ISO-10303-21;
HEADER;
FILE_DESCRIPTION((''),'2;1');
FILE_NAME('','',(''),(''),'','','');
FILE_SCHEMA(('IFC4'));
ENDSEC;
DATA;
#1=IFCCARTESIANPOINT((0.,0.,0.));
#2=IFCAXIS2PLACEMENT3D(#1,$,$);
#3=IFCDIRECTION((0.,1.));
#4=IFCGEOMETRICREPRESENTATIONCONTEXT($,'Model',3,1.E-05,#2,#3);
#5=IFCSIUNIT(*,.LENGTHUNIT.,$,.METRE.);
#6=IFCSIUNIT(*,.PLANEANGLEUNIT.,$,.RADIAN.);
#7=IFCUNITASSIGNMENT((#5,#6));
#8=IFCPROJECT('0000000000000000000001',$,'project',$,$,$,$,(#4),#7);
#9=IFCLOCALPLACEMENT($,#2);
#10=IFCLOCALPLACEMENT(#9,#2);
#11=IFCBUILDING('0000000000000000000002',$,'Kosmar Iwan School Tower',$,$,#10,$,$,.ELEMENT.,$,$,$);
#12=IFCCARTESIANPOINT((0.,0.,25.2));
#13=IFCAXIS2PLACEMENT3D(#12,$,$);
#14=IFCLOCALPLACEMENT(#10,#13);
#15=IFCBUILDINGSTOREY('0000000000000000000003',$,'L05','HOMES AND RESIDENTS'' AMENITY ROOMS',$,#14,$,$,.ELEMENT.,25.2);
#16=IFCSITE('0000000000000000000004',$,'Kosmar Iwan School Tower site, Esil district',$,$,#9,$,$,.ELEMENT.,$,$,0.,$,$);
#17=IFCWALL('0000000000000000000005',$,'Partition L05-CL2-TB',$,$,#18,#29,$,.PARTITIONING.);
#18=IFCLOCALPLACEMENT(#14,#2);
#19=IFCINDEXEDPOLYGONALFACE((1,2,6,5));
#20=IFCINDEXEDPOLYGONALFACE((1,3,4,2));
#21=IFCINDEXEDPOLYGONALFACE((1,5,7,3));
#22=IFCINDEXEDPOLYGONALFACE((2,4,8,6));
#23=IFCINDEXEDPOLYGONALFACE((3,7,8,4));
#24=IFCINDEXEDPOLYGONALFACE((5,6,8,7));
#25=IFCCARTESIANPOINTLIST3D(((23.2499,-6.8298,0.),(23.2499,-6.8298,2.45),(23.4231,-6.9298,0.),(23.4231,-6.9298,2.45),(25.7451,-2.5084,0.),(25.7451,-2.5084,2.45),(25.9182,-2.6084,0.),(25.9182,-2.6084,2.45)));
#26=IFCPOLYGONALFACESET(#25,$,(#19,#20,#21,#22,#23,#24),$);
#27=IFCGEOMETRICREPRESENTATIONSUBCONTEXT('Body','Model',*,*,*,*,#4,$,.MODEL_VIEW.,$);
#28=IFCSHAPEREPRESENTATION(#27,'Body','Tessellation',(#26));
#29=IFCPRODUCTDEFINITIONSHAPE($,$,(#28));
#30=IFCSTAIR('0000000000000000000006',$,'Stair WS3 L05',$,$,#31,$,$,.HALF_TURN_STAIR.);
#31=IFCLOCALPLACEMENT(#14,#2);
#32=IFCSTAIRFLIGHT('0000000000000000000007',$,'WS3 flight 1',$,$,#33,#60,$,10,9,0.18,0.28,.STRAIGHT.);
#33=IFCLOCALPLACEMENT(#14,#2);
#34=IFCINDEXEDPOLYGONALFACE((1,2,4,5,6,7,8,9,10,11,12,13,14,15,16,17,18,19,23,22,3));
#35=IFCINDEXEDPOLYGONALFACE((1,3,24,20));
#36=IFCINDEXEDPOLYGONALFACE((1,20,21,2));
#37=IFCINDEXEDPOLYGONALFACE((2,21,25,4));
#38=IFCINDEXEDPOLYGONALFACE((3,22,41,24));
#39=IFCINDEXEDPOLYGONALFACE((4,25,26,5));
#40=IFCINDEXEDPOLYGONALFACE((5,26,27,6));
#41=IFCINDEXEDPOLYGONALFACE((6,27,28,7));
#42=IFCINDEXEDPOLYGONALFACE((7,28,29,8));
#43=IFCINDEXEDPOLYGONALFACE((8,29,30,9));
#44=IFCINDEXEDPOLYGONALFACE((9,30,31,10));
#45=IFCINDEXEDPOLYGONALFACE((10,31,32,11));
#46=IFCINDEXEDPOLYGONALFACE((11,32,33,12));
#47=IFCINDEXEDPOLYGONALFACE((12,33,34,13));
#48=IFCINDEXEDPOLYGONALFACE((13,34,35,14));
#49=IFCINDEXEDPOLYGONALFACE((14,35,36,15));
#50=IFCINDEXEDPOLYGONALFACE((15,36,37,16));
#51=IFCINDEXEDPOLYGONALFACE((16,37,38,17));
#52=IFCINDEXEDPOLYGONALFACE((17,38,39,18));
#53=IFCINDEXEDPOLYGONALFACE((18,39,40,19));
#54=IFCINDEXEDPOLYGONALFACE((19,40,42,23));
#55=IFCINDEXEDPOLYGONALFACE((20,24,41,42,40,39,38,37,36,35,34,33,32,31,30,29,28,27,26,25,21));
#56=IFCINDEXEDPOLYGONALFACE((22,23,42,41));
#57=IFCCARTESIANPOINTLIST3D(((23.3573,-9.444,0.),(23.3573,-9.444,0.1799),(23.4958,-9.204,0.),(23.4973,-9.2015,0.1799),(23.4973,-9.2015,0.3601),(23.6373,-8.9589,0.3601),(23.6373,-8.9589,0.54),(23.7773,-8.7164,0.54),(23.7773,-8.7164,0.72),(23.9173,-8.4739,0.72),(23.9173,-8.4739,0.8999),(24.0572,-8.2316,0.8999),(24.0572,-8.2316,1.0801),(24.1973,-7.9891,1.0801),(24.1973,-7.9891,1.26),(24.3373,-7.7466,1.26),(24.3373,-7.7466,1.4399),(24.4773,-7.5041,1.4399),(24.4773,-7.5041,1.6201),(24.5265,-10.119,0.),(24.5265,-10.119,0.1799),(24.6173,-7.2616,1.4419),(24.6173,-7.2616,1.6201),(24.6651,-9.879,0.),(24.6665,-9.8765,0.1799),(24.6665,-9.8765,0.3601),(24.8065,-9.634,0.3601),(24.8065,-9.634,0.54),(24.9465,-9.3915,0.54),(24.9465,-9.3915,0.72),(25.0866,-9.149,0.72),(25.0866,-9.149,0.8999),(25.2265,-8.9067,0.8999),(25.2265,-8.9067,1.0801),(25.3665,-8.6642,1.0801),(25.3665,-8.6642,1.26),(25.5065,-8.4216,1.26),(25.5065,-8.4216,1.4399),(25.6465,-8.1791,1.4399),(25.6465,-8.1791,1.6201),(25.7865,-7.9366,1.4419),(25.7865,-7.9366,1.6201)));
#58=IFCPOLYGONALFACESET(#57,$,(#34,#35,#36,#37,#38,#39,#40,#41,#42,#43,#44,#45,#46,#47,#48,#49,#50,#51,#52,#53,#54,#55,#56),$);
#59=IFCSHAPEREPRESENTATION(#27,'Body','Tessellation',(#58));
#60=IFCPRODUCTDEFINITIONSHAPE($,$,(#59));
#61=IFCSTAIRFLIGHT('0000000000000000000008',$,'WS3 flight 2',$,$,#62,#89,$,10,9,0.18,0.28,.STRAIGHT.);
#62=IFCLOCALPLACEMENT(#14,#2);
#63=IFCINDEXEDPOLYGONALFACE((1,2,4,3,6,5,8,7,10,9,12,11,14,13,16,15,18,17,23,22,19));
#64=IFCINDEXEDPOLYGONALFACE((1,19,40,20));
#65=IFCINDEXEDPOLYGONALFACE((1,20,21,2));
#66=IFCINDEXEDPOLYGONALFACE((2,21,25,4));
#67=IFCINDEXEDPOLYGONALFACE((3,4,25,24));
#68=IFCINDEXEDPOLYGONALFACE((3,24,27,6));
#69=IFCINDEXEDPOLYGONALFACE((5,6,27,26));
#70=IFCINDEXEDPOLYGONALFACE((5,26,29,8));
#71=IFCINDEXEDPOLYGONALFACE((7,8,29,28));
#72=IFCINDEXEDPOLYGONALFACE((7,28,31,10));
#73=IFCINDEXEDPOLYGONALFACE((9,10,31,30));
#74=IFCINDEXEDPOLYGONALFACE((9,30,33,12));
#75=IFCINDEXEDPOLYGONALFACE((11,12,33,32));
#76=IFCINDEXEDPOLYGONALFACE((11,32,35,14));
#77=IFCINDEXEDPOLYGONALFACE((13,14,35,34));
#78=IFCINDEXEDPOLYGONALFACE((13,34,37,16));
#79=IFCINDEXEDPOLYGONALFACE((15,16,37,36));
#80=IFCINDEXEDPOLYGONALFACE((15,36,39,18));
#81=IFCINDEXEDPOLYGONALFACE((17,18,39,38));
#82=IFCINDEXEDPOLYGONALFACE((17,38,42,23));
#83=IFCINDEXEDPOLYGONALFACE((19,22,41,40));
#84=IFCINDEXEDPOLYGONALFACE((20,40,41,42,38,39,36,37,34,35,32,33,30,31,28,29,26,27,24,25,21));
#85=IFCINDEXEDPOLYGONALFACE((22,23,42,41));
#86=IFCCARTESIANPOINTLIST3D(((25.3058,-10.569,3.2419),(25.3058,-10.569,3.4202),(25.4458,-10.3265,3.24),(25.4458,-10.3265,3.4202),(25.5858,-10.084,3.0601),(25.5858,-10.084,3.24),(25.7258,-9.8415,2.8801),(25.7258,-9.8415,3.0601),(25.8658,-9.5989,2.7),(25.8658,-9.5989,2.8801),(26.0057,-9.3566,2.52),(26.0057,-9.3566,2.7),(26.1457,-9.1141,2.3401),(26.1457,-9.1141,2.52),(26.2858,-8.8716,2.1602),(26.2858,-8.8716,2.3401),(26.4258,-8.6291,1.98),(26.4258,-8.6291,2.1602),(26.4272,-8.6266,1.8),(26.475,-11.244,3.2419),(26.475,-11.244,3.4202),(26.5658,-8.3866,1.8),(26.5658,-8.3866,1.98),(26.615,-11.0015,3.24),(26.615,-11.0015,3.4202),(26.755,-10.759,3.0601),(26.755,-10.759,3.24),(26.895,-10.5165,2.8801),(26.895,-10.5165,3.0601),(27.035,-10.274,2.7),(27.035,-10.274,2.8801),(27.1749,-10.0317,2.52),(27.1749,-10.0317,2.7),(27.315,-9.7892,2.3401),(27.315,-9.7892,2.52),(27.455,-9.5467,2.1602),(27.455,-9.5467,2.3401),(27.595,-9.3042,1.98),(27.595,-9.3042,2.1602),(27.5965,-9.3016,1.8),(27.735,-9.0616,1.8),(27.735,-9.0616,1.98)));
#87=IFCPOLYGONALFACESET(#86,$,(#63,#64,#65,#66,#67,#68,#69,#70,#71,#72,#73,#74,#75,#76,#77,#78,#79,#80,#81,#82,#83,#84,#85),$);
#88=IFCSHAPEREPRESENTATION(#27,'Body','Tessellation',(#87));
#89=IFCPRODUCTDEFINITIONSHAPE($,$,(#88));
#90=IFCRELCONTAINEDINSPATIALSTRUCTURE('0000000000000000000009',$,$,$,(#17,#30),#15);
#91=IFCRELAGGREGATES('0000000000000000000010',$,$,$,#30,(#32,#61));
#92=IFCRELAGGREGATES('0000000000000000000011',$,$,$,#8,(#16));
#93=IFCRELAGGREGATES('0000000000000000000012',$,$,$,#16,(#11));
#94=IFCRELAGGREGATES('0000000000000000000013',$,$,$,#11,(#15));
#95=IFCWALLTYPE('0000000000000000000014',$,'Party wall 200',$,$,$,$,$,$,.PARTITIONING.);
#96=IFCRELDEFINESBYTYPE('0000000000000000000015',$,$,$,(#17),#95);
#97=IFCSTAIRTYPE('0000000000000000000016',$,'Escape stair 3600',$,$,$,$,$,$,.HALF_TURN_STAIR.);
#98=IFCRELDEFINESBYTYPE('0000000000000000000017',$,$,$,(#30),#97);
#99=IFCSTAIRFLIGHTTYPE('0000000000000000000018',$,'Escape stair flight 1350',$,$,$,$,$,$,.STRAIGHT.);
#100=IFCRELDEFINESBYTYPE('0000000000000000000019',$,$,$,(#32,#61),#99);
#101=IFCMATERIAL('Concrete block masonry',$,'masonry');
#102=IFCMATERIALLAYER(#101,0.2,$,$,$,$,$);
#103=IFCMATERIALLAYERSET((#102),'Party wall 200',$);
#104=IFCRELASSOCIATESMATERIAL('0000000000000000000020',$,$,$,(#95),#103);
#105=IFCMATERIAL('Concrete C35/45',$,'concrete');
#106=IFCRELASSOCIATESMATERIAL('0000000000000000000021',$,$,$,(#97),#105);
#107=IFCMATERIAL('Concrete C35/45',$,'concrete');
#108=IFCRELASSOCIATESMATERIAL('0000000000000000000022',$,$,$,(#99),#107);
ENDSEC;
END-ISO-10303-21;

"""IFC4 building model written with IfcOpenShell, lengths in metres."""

from ifc_helpers import new_model, si_unit, direction, frame, frame_2d, origin, place, context, subcontext, project, spatial, polyline, rectangle, outline, extrude, material, layer, layer_set, type_object, element, aggregate, save


model = new_model("IFC4")

# Units and contexts
model_context = context("Model", 3, precision=1e-05, world=origin(), true_north=direction((0.0, 1.0)))
body_context = subcontext(model_context, "Body", "Model", "MODEL_VIEW")
ifc_project = project(units=[si_unit("LENGTHUNIT", "METRE"), si_unit("PLANEANGLEUNIT", "RADIAN")], contexts=[model_context])

# Site, building, storey
site_placement = place(None, origin())
site = spatial("IfcSite", under=ifc_project, at=site_placement, Name="Kosmar Iwan School Tower site, Esil district", CompositionType="ELEMENT", RefElevation=0.0)
building_placement = place(site_placement, origin())
building = spatial("IfcBuilding", under=site, at=building_placement, Name="Kosmar Iwan School Tower", CompositionType="ELEMENT")
storey_placement = place(building_placement, frame((0.0, 0.0, 25.2)))
storey = spatial("IfcBuildingStorey", under=building, at=storey_placement, Name="L05", Description="HOMES AND RESIDENTS' AMENITY ROOMS", CompositionType="ELEMENT", Elevation=25.2)

# Wall
ifc_material_1 = material(Name="Concrete block masonry", Category="masonry")
ifc_layer_1 = layer(ifc_material_1, 0.2)
ifc_layer_set_1 = layer_set([ifc_layer_1], Name="Party wall 200")
wall_type_1 = type_object("IfcWallType", Name="Party wall 200", PredefinedType="PARTITIONING", material=ifc_layer_set_1)
wall_1_placement = place(storey_placement, frame((23.3364, -6.8799, 0.0), z_axis=(0.0, 0.0, 1.0), x_axis=(0.500033, 0.866006, 0.0)))
element("IfcWall", 1, at=wall_1_placement, inside=storey, type_object=wall_type_1, Name="Partition L05-CL2-TB", PredefinedType="PARTITIONING", context=body_context, shape_type="SweptSolid", body=[
    extrude(rectangle(XDim=4.99, YDim=0.2, at=frame_2d((2.4951, 0.0))), origin(), (0.0, 0.0, 1.0), 2.45),
])

# Stair, stair flights
ifc_material_2 = material(Name="Concrete C35/45", Category="concrete")
stair_type = type_object("IfcStairType", Name="Escape stair 3600", PredefinedType="HALF_TURN_STAIR", material=ifc_material_2)
stair_placement = place(storey_placement, origin())
stair = element("IfcStair", 2, at=stair_placement, inside=storey, type_object=stair_type, Name="Stair WS3 L05", PredefinedType="HALF_TURN_STAIR")
ifc_material_3 = material(Name="Concrete C35/45", Category="concrete")
stair_flight_type = type_object("IfcStairFlightType", Name="Escape stair flight 1350", PredefinedType="STRAIGHT", material=ifc_material_3)
stair_flight_1_placement = place(storey_placement, frame((23.9419, -9.7815, 0.0), z_axis=(0.0, 0.0, 1.0), x_axis=(0.5, 0.866025, 0.0)))
stair_flight_1 = element("IfcStairFlight", 3, at=stair_flight_1_placement, type_object=stair_flight_type, Name="WS3 flight 1", NumberOfRisers=10, NumberOfTreads=9, PredefinedType="STRAIGHT", RiserHeight=0.18, TreadLength=0.28, context=body_context, shape_type="SweptSolid", body=[
    extrude(outline(polyline([(0.0, 0.0), (0.0, 0.1799), (0.28, 0.1799), (0.28, 0.3601), (0.5601, 0.3601), (0.5601, 0.54), (0.8401, 0.54), (0.8401, 0.72), (1.1201, 0.72), (1.1201, 0.8999), (1.3999, 0.8999), (1.3999, 1.0801), (1.6799, 1.0801), (1.6799, 1.26), (1.96, 1.26), (1.96, 1.4399), (2.24, 1.4399), (2.24, 1.6201), (2.52, 1.6201), (2.52, 1.8), (2.52, 1.4419), (0.2771, 0.0), (0.0, 0.0)])), frame((0.0, 0.675, 0.0), z_axis=(0.0, -1.0, 0.0), x_axis=(1.0, 0.0, 0.0)), (0.0, 0.0, 1.0), 1.3501),
])
stair_flight_2_placement = place(storey_placement, frame((27.1504, -8.7241, 1.8), z_axis=(0.0, 0.0, 1.0), x_axis=(-0.5, -0.866025, 0.0)))
stair_flight_2 = element("IfcStairFlight", 4, at=stair_flight_2_placement, type_object=stair_flight_type, Name="WS3 flight 2", NumberOfRisers=10, NumberOfTreads=9, PredefinedType="STRAIGHT", RiserHeight=0.18, TreadLength=0.28, context=body_context, shape_type="SweptSolid", body=[
    extrude(outline(polyline([(0.0, 0.0), (0.0, 0.1799), (0.28, 0.1799), (0.28, 0.3601), (0.5601, 0.3601), (0.5601, 0.54), (0.8401, 0.54), (0.8401, 0.72), (1.1201, 0.72), (1.1201, 0.8999), (1.3999, 0.8999), (1.3999, 1.0801), (1.6799, 1.0801), (1.6799, 1.26), (1.96, 1.26), (1.96, 1.4399), (2.24, 1.4399), (2.24, 1.6201), (2.52, 1.6201), (2.52, 1.8), (2.52, 1.4419), (0.2771, 0.0), (0.0, 0.0)])), frame((0.0, 0.675, 0.0), z_axis=(0.0, -1.0, 0.0), x_axis=(1.0, 0.0, 0.0)), (0.0, 0.0, 1.0), 1.3501),
])
aggregate(stair, [stair_flight_1, stair_flight_2])

save(model, "model.ifc")
